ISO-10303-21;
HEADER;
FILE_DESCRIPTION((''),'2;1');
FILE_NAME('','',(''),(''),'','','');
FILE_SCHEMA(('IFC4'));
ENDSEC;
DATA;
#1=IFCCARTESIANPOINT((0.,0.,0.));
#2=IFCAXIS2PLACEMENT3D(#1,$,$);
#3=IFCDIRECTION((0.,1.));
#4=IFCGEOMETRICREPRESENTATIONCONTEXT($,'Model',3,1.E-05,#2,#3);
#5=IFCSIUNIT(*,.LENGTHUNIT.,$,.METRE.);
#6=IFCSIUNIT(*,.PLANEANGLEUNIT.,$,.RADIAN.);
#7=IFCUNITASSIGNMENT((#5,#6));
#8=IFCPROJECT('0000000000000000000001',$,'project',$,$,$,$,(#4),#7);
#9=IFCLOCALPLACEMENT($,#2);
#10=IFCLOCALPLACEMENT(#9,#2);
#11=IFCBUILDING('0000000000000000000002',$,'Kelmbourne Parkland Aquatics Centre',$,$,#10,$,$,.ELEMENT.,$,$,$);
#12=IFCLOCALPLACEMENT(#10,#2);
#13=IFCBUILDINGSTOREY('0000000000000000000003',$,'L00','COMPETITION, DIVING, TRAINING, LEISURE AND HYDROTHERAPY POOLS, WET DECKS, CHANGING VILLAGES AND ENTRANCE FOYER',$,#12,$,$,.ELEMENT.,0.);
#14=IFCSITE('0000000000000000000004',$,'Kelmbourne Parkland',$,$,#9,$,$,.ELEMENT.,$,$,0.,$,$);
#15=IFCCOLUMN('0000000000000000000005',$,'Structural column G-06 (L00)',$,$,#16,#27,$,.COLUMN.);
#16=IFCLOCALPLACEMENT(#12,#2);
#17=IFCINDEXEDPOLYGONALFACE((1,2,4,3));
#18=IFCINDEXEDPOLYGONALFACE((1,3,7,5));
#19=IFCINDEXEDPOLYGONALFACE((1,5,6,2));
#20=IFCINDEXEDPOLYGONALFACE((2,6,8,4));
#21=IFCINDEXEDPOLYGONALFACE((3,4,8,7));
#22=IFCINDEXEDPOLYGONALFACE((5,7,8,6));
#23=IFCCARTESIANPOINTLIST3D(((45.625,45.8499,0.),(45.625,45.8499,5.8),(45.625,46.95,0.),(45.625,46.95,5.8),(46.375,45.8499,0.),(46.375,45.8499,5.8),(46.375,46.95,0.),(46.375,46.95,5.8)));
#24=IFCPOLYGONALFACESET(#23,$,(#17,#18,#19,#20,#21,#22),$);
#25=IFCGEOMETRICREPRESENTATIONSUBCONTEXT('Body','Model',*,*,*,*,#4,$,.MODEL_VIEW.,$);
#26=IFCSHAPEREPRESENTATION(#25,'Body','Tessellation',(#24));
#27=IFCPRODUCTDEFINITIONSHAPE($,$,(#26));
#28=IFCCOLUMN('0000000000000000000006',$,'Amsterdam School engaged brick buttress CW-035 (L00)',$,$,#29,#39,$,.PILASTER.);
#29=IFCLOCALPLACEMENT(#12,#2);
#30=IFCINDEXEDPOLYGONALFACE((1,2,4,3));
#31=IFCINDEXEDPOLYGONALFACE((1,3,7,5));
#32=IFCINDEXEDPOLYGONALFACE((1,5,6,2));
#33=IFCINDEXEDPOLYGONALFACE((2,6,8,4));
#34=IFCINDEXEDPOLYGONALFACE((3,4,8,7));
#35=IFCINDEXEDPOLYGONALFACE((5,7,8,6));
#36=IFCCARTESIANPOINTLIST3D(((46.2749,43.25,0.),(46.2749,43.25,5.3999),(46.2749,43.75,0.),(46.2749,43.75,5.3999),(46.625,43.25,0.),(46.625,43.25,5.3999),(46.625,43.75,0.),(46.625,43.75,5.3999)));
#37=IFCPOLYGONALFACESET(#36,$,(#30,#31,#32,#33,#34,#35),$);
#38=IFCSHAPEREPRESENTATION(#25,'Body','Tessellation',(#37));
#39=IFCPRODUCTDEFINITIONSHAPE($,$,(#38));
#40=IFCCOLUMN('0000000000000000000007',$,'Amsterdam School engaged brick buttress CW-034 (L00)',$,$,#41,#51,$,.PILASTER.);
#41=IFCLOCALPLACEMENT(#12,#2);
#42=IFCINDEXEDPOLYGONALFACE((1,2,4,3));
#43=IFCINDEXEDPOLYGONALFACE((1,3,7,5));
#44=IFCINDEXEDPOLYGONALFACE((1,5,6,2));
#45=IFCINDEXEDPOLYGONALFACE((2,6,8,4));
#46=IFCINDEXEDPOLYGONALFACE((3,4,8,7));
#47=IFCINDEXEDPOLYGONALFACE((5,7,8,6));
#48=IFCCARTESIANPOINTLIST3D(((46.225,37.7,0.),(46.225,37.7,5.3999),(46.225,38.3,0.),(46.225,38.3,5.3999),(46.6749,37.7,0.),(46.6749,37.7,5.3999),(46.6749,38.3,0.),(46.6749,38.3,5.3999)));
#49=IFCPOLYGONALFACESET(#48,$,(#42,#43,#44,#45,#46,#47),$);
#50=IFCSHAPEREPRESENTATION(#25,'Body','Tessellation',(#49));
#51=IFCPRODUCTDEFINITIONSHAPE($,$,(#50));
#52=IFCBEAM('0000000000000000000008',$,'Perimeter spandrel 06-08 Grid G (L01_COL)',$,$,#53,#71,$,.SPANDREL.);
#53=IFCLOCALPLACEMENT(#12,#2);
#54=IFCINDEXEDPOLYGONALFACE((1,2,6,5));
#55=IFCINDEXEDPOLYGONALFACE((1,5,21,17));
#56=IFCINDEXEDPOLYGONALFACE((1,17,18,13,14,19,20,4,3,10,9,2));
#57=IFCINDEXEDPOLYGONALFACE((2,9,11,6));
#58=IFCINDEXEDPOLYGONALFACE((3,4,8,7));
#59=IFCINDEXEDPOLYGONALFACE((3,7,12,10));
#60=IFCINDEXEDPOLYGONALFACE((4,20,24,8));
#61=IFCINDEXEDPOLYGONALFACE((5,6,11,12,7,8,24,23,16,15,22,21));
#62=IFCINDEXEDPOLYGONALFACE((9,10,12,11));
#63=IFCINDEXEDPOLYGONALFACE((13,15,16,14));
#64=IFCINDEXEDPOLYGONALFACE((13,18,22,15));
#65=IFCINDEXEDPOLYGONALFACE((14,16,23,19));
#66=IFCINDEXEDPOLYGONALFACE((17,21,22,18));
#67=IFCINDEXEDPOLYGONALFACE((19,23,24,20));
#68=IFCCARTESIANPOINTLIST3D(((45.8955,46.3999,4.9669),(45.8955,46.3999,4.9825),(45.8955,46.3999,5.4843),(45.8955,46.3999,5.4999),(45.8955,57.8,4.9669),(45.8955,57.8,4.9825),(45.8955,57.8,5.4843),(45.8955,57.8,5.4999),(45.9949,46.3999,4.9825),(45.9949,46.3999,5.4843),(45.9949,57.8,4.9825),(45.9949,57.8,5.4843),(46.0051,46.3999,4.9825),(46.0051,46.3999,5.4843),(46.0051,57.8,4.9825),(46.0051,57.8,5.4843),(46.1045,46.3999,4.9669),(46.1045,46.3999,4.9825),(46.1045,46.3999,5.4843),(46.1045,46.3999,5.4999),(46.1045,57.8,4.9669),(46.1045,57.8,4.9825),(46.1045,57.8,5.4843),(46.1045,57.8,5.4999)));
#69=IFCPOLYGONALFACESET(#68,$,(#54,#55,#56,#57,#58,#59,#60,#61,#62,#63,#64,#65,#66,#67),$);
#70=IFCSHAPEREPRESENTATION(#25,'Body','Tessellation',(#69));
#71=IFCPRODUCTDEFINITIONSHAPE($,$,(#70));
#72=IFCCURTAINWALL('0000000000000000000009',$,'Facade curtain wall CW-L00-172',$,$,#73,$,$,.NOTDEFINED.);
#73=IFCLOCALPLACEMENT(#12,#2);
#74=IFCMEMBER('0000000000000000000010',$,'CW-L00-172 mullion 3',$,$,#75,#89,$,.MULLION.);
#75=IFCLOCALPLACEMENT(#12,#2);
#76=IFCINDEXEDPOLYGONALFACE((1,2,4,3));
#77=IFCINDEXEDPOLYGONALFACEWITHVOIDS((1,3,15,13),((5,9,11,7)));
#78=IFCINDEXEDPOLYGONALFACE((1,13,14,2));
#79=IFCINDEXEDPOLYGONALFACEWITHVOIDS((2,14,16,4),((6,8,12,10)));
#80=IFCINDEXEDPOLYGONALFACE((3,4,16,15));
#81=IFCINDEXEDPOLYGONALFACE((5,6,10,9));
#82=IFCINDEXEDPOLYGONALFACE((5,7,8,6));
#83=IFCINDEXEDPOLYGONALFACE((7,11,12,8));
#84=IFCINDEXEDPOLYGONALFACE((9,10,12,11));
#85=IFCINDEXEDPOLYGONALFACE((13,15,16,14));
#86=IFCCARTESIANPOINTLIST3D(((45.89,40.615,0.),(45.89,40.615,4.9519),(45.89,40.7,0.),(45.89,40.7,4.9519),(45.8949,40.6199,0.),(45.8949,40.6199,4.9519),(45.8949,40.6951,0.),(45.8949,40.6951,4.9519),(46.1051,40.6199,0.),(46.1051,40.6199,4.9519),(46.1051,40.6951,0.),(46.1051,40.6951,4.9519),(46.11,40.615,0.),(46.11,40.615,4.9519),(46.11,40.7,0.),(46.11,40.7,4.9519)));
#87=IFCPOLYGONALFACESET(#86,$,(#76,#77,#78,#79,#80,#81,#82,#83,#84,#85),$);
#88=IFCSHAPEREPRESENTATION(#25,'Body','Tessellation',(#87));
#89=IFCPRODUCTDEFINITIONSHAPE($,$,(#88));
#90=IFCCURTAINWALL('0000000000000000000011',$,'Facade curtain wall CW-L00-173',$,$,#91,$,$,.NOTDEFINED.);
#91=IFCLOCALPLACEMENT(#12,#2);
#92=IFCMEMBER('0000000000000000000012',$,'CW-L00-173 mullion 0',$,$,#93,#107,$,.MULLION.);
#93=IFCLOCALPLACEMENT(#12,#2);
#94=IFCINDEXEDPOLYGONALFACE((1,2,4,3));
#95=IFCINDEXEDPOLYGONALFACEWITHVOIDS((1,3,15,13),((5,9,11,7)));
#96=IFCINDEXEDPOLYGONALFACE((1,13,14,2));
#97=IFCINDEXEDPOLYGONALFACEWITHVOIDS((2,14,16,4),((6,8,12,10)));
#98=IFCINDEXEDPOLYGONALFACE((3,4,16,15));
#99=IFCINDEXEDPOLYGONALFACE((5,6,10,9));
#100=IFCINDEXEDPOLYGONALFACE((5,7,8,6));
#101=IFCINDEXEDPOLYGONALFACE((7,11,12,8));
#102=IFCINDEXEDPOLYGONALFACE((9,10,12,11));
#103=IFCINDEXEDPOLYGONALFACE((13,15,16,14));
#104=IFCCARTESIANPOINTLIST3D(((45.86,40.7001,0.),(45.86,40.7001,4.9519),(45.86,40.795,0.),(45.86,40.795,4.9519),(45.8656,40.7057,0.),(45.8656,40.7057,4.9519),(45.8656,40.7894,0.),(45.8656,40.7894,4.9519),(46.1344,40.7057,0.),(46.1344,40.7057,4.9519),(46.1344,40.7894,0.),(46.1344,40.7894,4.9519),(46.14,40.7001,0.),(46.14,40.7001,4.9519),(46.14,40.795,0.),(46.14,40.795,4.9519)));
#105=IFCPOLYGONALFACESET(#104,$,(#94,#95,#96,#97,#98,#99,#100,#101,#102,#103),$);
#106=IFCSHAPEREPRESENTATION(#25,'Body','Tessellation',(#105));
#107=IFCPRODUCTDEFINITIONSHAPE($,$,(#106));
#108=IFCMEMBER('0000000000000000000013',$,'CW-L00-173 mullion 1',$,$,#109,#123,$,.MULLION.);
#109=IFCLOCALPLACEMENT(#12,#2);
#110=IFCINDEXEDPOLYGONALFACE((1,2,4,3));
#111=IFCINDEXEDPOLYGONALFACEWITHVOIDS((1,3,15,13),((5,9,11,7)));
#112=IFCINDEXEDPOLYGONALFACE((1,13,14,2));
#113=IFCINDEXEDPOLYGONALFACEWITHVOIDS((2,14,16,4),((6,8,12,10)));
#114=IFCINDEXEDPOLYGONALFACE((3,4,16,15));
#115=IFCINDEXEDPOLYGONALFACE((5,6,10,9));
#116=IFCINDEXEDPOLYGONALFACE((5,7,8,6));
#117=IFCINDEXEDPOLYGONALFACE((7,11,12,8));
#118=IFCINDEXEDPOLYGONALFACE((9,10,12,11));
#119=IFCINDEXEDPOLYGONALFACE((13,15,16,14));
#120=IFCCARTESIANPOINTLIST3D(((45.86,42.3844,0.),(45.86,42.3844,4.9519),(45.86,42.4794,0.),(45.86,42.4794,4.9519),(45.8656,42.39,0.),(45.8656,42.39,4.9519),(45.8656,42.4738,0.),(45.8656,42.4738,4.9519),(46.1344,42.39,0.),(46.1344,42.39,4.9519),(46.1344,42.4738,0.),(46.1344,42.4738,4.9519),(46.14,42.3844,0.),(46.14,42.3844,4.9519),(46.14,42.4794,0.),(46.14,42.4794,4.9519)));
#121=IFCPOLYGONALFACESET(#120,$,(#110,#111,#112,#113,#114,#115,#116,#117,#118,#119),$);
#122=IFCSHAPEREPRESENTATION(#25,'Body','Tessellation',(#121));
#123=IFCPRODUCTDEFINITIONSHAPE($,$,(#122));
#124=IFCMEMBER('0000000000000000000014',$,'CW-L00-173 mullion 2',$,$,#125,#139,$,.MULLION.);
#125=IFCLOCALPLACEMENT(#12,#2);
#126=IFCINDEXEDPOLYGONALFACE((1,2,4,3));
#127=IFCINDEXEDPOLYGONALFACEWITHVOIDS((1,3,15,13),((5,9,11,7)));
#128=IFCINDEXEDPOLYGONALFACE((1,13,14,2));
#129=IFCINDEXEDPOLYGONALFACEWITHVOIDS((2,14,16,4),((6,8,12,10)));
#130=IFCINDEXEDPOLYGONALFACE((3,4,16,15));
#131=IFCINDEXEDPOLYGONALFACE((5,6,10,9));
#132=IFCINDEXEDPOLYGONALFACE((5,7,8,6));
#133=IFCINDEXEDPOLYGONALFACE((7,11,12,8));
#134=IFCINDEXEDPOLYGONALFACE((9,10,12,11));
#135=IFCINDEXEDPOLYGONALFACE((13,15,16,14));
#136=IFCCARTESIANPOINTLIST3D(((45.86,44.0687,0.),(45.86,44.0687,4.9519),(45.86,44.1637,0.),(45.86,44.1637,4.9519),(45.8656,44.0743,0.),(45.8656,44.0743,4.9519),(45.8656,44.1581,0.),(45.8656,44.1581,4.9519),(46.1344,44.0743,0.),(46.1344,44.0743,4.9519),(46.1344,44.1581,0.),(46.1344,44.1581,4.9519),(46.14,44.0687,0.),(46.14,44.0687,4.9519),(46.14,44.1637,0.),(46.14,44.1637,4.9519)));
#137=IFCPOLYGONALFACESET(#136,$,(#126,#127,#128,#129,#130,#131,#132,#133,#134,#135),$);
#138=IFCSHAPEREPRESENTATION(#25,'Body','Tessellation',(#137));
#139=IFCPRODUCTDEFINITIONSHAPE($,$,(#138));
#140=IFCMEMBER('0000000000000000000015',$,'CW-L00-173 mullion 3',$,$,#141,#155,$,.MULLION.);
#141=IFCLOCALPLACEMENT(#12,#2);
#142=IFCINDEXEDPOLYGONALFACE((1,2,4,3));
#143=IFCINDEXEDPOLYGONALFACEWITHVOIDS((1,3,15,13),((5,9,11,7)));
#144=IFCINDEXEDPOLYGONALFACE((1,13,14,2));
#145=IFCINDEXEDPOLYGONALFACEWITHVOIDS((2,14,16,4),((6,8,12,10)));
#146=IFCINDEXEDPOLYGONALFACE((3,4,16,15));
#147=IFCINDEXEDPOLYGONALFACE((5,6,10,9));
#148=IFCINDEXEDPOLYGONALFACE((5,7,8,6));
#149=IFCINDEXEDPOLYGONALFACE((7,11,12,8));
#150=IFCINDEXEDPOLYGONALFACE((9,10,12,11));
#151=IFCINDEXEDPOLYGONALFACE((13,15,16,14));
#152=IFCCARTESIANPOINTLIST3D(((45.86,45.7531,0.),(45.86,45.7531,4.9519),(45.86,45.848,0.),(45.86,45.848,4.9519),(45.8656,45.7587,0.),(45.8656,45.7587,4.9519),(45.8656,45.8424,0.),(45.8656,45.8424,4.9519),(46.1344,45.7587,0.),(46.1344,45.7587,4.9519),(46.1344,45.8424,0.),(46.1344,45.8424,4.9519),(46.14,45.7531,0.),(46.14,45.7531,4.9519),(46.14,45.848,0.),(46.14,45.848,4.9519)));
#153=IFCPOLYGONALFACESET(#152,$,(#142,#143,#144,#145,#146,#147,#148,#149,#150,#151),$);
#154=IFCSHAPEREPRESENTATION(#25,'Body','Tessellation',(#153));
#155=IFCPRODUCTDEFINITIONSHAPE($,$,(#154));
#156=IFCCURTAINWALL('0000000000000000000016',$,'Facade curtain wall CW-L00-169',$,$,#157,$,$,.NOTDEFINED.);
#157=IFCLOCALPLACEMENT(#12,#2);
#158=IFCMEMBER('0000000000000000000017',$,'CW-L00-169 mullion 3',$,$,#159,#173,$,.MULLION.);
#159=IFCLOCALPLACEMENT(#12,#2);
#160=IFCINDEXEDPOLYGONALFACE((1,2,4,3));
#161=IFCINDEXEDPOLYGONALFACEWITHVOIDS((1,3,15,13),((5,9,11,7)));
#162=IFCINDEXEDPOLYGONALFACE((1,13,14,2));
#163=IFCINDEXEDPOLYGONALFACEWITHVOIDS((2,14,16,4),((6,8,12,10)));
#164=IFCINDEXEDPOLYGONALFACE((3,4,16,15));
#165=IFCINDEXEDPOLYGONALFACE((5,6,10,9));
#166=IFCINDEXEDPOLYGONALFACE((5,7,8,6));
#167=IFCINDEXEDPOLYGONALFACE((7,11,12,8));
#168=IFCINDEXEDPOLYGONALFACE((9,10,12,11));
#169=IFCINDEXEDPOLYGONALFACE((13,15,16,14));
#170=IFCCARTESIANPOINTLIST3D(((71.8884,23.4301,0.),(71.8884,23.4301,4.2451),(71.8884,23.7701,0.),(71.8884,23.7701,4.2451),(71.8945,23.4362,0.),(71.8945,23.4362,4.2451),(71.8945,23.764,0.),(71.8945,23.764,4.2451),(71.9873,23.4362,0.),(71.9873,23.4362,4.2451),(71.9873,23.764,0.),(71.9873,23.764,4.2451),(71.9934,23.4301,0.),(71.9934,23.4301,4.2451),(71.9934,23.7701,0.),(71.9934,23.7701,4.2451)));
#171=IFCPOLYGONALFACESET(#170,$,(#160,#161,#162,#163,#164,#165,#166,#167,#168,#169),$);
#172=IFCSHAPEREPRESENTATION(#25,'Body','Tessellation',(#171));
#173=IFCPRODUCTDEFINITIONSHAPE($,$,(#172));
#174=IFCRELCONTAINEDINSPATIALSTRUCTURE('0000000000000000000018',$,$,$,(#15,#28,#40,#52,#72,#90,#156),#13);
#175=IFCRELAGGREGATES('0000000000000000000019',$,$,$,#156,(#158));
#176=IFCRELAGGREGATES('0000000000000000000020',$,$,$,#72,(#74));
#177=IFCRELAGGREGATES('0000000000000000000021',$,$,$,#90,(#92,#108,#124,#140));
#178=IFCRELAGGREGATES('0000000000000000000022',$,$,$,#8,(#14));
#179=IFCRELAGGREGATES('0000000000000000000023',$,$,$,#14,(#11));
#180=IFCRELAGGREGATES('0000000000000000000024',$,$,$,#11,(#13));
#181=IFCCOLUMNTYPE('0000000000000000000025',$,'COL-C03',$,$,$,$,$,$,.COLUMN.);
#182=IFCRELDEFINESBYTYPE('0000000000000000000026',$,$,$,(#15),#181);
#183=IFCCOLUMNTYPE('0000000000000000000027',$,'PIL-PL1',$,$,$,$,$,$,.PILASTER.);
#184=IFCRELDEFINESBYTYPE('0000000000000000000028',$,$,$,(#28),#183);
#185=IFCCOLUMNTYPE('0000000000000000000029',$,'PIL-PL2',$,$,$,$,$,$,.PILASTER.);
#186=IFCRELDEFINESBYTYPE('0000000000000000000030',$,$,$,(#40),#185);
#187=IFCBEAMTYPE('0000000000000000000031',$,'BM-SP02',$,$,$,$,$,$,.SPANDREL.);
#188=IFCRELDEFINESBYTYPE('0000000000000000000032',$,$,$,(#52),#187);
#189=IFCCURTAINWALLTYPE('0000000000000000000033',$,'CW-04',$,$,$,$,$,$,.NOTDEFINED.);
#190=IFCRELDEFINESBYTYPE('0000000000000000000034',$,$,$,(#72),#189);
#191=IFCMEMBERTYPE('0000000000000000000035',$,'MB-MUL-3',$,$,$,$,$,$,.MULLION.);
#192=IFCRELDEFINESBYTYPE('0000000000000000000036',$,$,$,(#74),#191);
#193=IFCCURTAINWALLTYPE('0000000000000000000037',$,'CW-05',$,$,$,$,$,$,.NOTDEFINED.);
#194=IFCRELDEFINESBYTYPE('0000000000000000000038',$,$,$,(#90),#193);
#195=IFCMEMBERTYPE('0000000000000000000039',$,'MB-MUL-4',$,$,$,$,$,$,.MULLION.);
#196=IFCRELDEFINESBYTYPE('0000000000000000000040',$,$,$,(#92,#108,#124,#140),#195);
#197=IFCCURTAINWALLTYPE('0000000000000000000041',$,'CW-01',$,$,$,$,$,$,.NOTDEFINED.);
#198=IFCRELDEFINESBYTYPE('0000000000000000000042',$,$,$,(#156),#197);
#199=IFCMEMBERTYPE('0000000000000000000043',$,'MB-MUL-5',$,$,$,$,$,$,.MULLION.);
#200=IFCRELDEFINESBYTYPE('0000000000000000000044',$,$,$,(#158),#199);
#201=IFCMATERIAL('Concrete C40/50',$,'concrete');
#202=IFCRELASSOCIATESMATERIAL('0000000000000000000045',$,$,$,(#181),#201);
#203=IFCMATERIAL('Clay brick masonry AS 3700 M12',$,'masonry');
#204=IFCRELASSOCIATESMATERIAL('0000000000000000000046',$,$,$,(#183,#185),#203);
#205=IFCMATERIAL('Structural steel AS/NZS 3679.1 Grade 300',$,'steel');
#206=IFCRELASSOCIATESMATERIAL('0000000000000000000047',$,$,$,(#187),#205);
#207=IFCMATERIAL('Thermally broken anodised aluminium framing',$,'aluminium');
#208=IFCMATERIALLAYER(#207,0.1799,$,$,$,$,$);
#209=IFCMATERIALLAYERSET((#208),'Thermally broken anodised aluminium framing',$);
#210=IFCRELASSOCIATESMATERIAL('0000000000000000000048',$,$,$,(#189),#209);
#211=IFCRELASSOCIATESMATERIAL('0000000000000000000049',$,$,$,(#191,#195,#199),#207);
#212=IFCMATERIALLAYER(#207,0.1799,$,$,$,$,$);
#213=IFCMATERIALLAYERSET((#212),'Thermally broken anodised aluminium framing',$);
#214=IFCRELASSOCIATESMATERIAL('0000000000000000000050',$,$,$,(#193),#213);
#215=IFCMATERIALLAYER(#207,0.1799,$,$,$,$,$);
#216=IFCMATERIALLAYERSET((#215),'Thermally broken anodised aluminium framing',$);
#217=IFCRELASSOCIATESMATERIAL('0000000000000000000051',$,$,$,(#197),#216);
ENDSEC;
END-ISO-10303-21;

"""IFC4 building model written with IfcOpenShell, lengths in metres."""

from ifc_helpers import new_model, si_unit, direction, frame, origin, origin_2d, place, context, subcontext, project, spatial, rectangle, hollow_rectangle, i_section, extrude, material, layer, layer_set, material_profile, profile_set, type_object, element, aggregate, save


model = new_model("IFC4")

# Units and contexts
model_context = context("Model", 3, precision=1e-05, world=origin(), true_north=direction((0.0, 1.0)))
body_context = subcontext(model_context, "Body", "Model", "MODEL_VIEW")
ifc_project = project(units=[si_unit("LENGTHUNIT", "METRE"), si_unit("PLANEANGLEUNIT", "RADIAN")], contexts=[model_context])

# Site, building, storey
site_placement = place(None, origin())
site = spatial("IfcSite", under=ifc_project, at=site_placement, Name="Kelmbourne Parkland", CompositionType="ELEMENT", RefElevation=0.0)
building_placement = place(site_placement, origin())
building = spatial("IfcBuilding", under=site, at=building_placement, Name="Kelmbourne Parkland Aquatics Centre", CompositionType="ELEMENT")
storey_placement = place(building_placement, origin())
storey = spatial("IfcBuildingStorey", under=building, at=storey_placement, Name="L00", Description="COMPETITION, DIVING, TRAINING, LEISURE AND HYDROTHERAPY POOLS, WET DECKS, CHANGING VILLAGES AND ENTRANCE FOYER", CompositionType="ELEMENT", Elevation=0.0)

# Columns
ifc_material_1 = material(Name="Concrete C40/50", Category="concrete")
ifc_material_profile_1 = material_profile(ifc_material_1, rectangle(XDim=0.75, YDim=1.1001, at=origin_2d()), Name="RC 750x1100")
ifc_profile_set_1 = profile_set([ifc_material_profile_1], Name="Concrete C40/50")
column_type_1 = type_object("IfcColumnType", Name="COL-C03", PredefinedType="COLUMN", material=ifc_profile_set_1)
column_1_placement = place(storey_placement, frame((46.0, 46.3999, 0.0), z_axis=(0.0, 0.0, 1.0), x_axis=(1.0, 0.0, 0.0)))
element("IfcColumn", 1, at=column_1_placement, inside=storey, type_object=column_type_1, Name="Structural column G-06 (L00)", PredefinedType="COLUMN", context=body_context, shape_type="SweptSolid", body=[
    extrude(rectangle(XDim=0.75, YDim=1.1001, at=origin_2d()), origin(), (0.0, 0.0, 1.0), 5.8),
])
ifc_material_2 = material(Name="Clay brick masonry AS 3700 M12", Category="masonry")
ifc_material_profile_2 = material_profile(ifc_material_2, rectangle(XDim=0.3501, YDim=0.5, at=origin_2d()), Name="PIL 350x500")
ifc_profile_set_2 = profile_set([ifc_material_profile_2], Name="Clay brick masonry AS 3700 M12")
column_type_2 = type_object("IfcColumnType", Name="PIL-PL1", PredefinedType="PILASTER", material=ifc_profile_set_2)
column_2_placement = place(storey_placement, frame((46.45, 43.5, 0.0), z_axis=(0.0, 0.0, 1.0), x_axis=(1.0, 0.0, 0.0)))
element("IfcColumn", 2, at=column_2_placement, inside=storey, type_object=column_type_2, Name="Amsterdam School engaged brick buttress CW-035 (L00)", PredefinedType="PILASTER", context=body_context, shape_type="SweptSolid", body=[
    extrude(rectangle(XDim=0.3501, YDim=0.5, at=origin_2d()), origin(), (0.0, 0.0, 1.0), 5.3999),
])
ifc_material_profile_3 = material_profile(ifc_material_2, rectangle(XDim=0.45, YDim=0.6001, at=origin_2d()), Name="PIL 450x600")
ifc_profile_set_3 = profile_set([ifc_material_profile_3], Name="Clay brick masonry AS 3700 M12")
column_type_3 = type_object("IfcColumnType", Name="PIL-PL2", PredefinedType="PILASTER", material=ifc_profile_set_3)
column_3_placement = place(storey_placement, frame((46.45, 38.0, 0.0), z_axis=(0.0, 0.0, 1.0), x_axis=(1.0, 0.0, 0.0)))
element("IfcColumn", 3, at=column_3_placement, inside=storey, type_object=column_type_3, Name="Amsterdam School engaged brick buttress CW-034 (L00)", PredefinedType="PILASTER", context=body_context, shape_type="SweptSolid", body=[
    extrude(rectangle(XDim=0.45, YDim=0.6001, at=origin_2d()), origin(), (0.0, 0.0, 1.0), 5.3999),
])

# Beam
ifc_material_3 = material(Name="Structural steel AS/NZS 3679.1 Grade 300", Category="steel")
ifc_material_profile_4 = material_profile(ifc_material_3, i_section(OverallWidth=0.209, OverallDepth=0.533, WebThickness=0.0103, FlangeThickness=0.0156, at=origin_2d()), Name="530UB92.4")
ifc_profile_set_4 = profile_set([ifc_material_profile_4], Name="Structural steel AS/NZS 3679.1 Grade 300")
beam_type = type_object("IfcBeamType", Name="BM-SP02", PredefinedType="SPANDREL", material=ifc_profile_set_4)
beam_placement = place(storey_placement, frame((46.0, 46.3999, 5.2334), z_axis=(0.0, 1.0, 0.0), x_axis=(-1.0, 0.0, 0.0)))
element("IfcBeam", 4, at=beam_placement, inside=storey, type_object=beam_type, Name="Perimeter spandrel 06-08 Grid G (L01_COL)", PredefinedType="SPANDREL", context=body_context, shape_type="SweptSolid", body=[
    extrude(i_section(OverallWidth=0.209, OverallDepth=0.533, WebThickness=0.0103, FlangeThickness=0.0156, at=origin_2d()), origin(), (0.0, 0.0, 1.0), 11.4001),
])

# Curtain wall, member
ifc_material_4 = material(Name="Thermally broken anodised aluminium framing", Category="aluminium")
ifc_layer_1 = layer(ifc_material_4, 0.1799)
ifc_layer_set_1 = layer_set([ifc_layer_1], Name="Thermally broken anodised aluminium framing")
curtain_wall_type_1 = type_object("IfcCurtainWallType", Name="CW-04", PredefinedType="NOTDEFINED", material=ifc_layer_set_1)
curtain_wall_1_placement = place(storey_placement, origin())
curtain_wall_1 = element("IfcCurtainWall", 5, at=curtain_wall_1_placement, inside=storey, type_object=curtain_wall_type_1, Name="Facade curtain wall CW-L00-172", PredefinedType="NOTDEFINED")
ifc_material_profile_5 = material_profile(ifc_material_4, hollow_rectangle(XDim=0.085, YDim=0.22, WallThickness=0.0049, at=origin_2d()), Name="CW-M 85x220")
ifc_profile_set_5 = profile_set([ifc_material_profile_5], Name="Thermally broken anodised aluminium framing")
member_type_1 = type_object("IfcMemberType", Name="MB-MUL-3", PredefinedType="MULLION", material=ifc_profile_set_5)
member_1_placement = place(storey_placement, frame((46.0, 40.6575, 0.0), z_axis=(0.0, 0.0, 1.0), x_axis=(0.0, 1.0, 0.0)))
member_1 = element("IfcMember", 6, at=member_1_placement, type_object=member_type_1, Name="CW-L00-172 mullion 3", PredefinedType="MULLION", context=body_context, shape_type="SweptSolid", body=[
    extrude(hollow_rectangle(XDim=0.085, YDim=0.22, WallThickness=0.0049, at=origin_2d()), origin(), (0.0, 0.0, 1.0), 4.9519),
])

# Curtain walls, members
ifc_layer_2 = layer(ifc_material_4, 0.1799)
ifc_layer_set_2 = layer_set([ifc_layer_2], Name="Thermally broken anodised aluminium framing")
curtain_wall_type_2 = type_object("IfcCurtainWallType", Name="CW-05", PredefinedType="NOTDEFINED", material=ifc_layer_set_2)
curtain_wall_2_placement = place(storey_placement, origin())
curtain_wall_2 = element("IfcCurtainWall", 7, at=curtain_wall_2_placement, inside=storey, type_object=curtain_wall_type_2, Name="Facade curtain wall CW-L00-173", PredefinedType="NOTDEFINED")
ifc_material_profile_6 = material_profile(ifc_material_4, hollow_rectangle(XDim=0.095, YDim=0.28, WallThickness=0.0056, at=origin_2d()), Name="CW-M 95x280")
ifc_profile_set_6 = profile_set([ifc_material_profile_6], Name="Thermally broken anodised aluminium framing")
member_type_2 = type_object("IfcMemberType", Name="MB-MUL-4", PredefinedType="MULLION", material=ifc_profile_set_6)
member_2_placement = place(storey_placement, frame((46.0, 40.7476, 0.0), z_axis=(0.0, 0.0, 1.0), x_axis=(0.0, 1.0, 0.0)))
member_2 = element("IfcMember", 8, at=member_2_placement, type_object=member_type_2, Name="CW-L00-173 mullion 0", PredefinedType="MULLION", context=body_context, shape_type="SweptSolid", body=[
    extrude(hollow_rectangle(XDim=0.095, YDim=0.28, WallThickness=0.0056, at=origin_2d()), origin(), (0.0, 0.0, 1.0), 4.9519),
])
member_3_placement = place(storey_placement, frame((46.0, 42.4319, 0.0), z_axis=(0.0, 0.0, 1.0), x_axis=(0.0, 1.0, 0.0)))
member_3 = element("IfcMember", 9, at=member_3_placement, type_object=member_type_2, Name="CW-L00-173 mullion 1", PredefinedType="MULLION", context=body_context, shape_type="SweptSolid", body=[
    extrude(hollow_rectangle(XDim=0.095, YDim=0.28, WallThickness=0.0056, at=origin_2d()), origin(), (0.0, 0.0, 1.0), 4.9519),
])
member_4_placement = place(storey_placement, frame((46.0, 44.1162, 0.0), z_axis=(0.0, 0.0, 1.0), x_axis=(0.0, 1.0, 0.0)))
member_4 = element("IfcMember", 10, at=member_4_placement, type_object=member_type_2, Name="CW-L00-173 mullion 2", PredefinedType="MULLION", context=body_context, shape_type="SweptSolid", body=[
    extrude(hollow_rectangle(XDim=0.095, YDim=0.28, WallThickness=0.0056, at=origin_2d()), origin(), (0.0, 0.0, 1.0), 4.9519),
])
member_5_placement = place(storey_placement, frame((46.0, 45.8005, 0.0), z_axis=(0.0, 0.0, 1.0), x_axis=(0.0, 1.0, 0.0)))
member_5 = element("IfcMember", 11, at=member_5_placement, type_object=member_type_2, Name="CW-L00-173 mullion 3", PredefinedType="MULLION", context=body_context, shape_type="SweptSolid", body=[
    extrude(hollow_rectangle(XDim=0.095, YDim=0.28, WallThickness=0.0056, at=origin_2d()), origin(), (0.0, 0.0, 1.0), 4.9519),
])
ifc_layer_3 = layer(ifc_material_4, 0.1799)
ifc_layer_set_3 = layer_set([ifc_layer_3], Name="Thermally broken anodised aluminium framing")
curtain_wall_type_3 = type_object("IfcCurtainWallType", Name="CW-01", PredefinedType="NOTDEFINED", material=ifc_layer_set_3)
curtain_wall_3_placement = place(storey_placement, origin())
curtain_wall_3 = element("IfcCurtainWall", 12, at=curtain_wall_3_placement, inside=storey, type_object=curtain_wall_type_3, Name="Facade curtain wall CW-L00-169", PredefinedType="NOTDEFINED")
ifc_material_profile_7 = material_profile(ifc_material_4, hollow_rectangle(XDim=0.105, YDim=0.3401, WallThickness=0.0061, at=origin_2d()), Name="CW-M 105x340")
ifc_profile_set_7 = profile_set([ifc_material_profile_7], Name="Thermally broken anodised aluminium framing")
member_type_3 = type_object("IfcMemberType", Name="MB-MUL-5", PredefinedType="MULLION", material=ifc_profile_set_7)
member_6_placement = place(storey_placement, frame((71.9409, 23.6001, 0.0), z_axis=(0.0, 0.0, 1.0), x_axis=(1.0, 0.0, 0.0)))
member_6 = element("IfcMember", 13, at=member_6_placement, type_object=member_type_3, Name="CW-L00-169 mullion 3", PredefinedType="MULLION", context=body_context, shape_type="SweptSolid", body=[
    extrude(hollow_rectangle(XDim=0.105, YDim=0.3401, WallThickness=0.0061, at=origin_2d()), origin(), (0.0, 0.0, 1.0), 4.2451),
])

aggregate(curtain_wall_3, [member_6])
aggregate(curtain_wall_1, [member_1])
aggregate(curtain_wall_2, [member_2, member_3, member_4, member_5])

save(model, "model.ifc")
